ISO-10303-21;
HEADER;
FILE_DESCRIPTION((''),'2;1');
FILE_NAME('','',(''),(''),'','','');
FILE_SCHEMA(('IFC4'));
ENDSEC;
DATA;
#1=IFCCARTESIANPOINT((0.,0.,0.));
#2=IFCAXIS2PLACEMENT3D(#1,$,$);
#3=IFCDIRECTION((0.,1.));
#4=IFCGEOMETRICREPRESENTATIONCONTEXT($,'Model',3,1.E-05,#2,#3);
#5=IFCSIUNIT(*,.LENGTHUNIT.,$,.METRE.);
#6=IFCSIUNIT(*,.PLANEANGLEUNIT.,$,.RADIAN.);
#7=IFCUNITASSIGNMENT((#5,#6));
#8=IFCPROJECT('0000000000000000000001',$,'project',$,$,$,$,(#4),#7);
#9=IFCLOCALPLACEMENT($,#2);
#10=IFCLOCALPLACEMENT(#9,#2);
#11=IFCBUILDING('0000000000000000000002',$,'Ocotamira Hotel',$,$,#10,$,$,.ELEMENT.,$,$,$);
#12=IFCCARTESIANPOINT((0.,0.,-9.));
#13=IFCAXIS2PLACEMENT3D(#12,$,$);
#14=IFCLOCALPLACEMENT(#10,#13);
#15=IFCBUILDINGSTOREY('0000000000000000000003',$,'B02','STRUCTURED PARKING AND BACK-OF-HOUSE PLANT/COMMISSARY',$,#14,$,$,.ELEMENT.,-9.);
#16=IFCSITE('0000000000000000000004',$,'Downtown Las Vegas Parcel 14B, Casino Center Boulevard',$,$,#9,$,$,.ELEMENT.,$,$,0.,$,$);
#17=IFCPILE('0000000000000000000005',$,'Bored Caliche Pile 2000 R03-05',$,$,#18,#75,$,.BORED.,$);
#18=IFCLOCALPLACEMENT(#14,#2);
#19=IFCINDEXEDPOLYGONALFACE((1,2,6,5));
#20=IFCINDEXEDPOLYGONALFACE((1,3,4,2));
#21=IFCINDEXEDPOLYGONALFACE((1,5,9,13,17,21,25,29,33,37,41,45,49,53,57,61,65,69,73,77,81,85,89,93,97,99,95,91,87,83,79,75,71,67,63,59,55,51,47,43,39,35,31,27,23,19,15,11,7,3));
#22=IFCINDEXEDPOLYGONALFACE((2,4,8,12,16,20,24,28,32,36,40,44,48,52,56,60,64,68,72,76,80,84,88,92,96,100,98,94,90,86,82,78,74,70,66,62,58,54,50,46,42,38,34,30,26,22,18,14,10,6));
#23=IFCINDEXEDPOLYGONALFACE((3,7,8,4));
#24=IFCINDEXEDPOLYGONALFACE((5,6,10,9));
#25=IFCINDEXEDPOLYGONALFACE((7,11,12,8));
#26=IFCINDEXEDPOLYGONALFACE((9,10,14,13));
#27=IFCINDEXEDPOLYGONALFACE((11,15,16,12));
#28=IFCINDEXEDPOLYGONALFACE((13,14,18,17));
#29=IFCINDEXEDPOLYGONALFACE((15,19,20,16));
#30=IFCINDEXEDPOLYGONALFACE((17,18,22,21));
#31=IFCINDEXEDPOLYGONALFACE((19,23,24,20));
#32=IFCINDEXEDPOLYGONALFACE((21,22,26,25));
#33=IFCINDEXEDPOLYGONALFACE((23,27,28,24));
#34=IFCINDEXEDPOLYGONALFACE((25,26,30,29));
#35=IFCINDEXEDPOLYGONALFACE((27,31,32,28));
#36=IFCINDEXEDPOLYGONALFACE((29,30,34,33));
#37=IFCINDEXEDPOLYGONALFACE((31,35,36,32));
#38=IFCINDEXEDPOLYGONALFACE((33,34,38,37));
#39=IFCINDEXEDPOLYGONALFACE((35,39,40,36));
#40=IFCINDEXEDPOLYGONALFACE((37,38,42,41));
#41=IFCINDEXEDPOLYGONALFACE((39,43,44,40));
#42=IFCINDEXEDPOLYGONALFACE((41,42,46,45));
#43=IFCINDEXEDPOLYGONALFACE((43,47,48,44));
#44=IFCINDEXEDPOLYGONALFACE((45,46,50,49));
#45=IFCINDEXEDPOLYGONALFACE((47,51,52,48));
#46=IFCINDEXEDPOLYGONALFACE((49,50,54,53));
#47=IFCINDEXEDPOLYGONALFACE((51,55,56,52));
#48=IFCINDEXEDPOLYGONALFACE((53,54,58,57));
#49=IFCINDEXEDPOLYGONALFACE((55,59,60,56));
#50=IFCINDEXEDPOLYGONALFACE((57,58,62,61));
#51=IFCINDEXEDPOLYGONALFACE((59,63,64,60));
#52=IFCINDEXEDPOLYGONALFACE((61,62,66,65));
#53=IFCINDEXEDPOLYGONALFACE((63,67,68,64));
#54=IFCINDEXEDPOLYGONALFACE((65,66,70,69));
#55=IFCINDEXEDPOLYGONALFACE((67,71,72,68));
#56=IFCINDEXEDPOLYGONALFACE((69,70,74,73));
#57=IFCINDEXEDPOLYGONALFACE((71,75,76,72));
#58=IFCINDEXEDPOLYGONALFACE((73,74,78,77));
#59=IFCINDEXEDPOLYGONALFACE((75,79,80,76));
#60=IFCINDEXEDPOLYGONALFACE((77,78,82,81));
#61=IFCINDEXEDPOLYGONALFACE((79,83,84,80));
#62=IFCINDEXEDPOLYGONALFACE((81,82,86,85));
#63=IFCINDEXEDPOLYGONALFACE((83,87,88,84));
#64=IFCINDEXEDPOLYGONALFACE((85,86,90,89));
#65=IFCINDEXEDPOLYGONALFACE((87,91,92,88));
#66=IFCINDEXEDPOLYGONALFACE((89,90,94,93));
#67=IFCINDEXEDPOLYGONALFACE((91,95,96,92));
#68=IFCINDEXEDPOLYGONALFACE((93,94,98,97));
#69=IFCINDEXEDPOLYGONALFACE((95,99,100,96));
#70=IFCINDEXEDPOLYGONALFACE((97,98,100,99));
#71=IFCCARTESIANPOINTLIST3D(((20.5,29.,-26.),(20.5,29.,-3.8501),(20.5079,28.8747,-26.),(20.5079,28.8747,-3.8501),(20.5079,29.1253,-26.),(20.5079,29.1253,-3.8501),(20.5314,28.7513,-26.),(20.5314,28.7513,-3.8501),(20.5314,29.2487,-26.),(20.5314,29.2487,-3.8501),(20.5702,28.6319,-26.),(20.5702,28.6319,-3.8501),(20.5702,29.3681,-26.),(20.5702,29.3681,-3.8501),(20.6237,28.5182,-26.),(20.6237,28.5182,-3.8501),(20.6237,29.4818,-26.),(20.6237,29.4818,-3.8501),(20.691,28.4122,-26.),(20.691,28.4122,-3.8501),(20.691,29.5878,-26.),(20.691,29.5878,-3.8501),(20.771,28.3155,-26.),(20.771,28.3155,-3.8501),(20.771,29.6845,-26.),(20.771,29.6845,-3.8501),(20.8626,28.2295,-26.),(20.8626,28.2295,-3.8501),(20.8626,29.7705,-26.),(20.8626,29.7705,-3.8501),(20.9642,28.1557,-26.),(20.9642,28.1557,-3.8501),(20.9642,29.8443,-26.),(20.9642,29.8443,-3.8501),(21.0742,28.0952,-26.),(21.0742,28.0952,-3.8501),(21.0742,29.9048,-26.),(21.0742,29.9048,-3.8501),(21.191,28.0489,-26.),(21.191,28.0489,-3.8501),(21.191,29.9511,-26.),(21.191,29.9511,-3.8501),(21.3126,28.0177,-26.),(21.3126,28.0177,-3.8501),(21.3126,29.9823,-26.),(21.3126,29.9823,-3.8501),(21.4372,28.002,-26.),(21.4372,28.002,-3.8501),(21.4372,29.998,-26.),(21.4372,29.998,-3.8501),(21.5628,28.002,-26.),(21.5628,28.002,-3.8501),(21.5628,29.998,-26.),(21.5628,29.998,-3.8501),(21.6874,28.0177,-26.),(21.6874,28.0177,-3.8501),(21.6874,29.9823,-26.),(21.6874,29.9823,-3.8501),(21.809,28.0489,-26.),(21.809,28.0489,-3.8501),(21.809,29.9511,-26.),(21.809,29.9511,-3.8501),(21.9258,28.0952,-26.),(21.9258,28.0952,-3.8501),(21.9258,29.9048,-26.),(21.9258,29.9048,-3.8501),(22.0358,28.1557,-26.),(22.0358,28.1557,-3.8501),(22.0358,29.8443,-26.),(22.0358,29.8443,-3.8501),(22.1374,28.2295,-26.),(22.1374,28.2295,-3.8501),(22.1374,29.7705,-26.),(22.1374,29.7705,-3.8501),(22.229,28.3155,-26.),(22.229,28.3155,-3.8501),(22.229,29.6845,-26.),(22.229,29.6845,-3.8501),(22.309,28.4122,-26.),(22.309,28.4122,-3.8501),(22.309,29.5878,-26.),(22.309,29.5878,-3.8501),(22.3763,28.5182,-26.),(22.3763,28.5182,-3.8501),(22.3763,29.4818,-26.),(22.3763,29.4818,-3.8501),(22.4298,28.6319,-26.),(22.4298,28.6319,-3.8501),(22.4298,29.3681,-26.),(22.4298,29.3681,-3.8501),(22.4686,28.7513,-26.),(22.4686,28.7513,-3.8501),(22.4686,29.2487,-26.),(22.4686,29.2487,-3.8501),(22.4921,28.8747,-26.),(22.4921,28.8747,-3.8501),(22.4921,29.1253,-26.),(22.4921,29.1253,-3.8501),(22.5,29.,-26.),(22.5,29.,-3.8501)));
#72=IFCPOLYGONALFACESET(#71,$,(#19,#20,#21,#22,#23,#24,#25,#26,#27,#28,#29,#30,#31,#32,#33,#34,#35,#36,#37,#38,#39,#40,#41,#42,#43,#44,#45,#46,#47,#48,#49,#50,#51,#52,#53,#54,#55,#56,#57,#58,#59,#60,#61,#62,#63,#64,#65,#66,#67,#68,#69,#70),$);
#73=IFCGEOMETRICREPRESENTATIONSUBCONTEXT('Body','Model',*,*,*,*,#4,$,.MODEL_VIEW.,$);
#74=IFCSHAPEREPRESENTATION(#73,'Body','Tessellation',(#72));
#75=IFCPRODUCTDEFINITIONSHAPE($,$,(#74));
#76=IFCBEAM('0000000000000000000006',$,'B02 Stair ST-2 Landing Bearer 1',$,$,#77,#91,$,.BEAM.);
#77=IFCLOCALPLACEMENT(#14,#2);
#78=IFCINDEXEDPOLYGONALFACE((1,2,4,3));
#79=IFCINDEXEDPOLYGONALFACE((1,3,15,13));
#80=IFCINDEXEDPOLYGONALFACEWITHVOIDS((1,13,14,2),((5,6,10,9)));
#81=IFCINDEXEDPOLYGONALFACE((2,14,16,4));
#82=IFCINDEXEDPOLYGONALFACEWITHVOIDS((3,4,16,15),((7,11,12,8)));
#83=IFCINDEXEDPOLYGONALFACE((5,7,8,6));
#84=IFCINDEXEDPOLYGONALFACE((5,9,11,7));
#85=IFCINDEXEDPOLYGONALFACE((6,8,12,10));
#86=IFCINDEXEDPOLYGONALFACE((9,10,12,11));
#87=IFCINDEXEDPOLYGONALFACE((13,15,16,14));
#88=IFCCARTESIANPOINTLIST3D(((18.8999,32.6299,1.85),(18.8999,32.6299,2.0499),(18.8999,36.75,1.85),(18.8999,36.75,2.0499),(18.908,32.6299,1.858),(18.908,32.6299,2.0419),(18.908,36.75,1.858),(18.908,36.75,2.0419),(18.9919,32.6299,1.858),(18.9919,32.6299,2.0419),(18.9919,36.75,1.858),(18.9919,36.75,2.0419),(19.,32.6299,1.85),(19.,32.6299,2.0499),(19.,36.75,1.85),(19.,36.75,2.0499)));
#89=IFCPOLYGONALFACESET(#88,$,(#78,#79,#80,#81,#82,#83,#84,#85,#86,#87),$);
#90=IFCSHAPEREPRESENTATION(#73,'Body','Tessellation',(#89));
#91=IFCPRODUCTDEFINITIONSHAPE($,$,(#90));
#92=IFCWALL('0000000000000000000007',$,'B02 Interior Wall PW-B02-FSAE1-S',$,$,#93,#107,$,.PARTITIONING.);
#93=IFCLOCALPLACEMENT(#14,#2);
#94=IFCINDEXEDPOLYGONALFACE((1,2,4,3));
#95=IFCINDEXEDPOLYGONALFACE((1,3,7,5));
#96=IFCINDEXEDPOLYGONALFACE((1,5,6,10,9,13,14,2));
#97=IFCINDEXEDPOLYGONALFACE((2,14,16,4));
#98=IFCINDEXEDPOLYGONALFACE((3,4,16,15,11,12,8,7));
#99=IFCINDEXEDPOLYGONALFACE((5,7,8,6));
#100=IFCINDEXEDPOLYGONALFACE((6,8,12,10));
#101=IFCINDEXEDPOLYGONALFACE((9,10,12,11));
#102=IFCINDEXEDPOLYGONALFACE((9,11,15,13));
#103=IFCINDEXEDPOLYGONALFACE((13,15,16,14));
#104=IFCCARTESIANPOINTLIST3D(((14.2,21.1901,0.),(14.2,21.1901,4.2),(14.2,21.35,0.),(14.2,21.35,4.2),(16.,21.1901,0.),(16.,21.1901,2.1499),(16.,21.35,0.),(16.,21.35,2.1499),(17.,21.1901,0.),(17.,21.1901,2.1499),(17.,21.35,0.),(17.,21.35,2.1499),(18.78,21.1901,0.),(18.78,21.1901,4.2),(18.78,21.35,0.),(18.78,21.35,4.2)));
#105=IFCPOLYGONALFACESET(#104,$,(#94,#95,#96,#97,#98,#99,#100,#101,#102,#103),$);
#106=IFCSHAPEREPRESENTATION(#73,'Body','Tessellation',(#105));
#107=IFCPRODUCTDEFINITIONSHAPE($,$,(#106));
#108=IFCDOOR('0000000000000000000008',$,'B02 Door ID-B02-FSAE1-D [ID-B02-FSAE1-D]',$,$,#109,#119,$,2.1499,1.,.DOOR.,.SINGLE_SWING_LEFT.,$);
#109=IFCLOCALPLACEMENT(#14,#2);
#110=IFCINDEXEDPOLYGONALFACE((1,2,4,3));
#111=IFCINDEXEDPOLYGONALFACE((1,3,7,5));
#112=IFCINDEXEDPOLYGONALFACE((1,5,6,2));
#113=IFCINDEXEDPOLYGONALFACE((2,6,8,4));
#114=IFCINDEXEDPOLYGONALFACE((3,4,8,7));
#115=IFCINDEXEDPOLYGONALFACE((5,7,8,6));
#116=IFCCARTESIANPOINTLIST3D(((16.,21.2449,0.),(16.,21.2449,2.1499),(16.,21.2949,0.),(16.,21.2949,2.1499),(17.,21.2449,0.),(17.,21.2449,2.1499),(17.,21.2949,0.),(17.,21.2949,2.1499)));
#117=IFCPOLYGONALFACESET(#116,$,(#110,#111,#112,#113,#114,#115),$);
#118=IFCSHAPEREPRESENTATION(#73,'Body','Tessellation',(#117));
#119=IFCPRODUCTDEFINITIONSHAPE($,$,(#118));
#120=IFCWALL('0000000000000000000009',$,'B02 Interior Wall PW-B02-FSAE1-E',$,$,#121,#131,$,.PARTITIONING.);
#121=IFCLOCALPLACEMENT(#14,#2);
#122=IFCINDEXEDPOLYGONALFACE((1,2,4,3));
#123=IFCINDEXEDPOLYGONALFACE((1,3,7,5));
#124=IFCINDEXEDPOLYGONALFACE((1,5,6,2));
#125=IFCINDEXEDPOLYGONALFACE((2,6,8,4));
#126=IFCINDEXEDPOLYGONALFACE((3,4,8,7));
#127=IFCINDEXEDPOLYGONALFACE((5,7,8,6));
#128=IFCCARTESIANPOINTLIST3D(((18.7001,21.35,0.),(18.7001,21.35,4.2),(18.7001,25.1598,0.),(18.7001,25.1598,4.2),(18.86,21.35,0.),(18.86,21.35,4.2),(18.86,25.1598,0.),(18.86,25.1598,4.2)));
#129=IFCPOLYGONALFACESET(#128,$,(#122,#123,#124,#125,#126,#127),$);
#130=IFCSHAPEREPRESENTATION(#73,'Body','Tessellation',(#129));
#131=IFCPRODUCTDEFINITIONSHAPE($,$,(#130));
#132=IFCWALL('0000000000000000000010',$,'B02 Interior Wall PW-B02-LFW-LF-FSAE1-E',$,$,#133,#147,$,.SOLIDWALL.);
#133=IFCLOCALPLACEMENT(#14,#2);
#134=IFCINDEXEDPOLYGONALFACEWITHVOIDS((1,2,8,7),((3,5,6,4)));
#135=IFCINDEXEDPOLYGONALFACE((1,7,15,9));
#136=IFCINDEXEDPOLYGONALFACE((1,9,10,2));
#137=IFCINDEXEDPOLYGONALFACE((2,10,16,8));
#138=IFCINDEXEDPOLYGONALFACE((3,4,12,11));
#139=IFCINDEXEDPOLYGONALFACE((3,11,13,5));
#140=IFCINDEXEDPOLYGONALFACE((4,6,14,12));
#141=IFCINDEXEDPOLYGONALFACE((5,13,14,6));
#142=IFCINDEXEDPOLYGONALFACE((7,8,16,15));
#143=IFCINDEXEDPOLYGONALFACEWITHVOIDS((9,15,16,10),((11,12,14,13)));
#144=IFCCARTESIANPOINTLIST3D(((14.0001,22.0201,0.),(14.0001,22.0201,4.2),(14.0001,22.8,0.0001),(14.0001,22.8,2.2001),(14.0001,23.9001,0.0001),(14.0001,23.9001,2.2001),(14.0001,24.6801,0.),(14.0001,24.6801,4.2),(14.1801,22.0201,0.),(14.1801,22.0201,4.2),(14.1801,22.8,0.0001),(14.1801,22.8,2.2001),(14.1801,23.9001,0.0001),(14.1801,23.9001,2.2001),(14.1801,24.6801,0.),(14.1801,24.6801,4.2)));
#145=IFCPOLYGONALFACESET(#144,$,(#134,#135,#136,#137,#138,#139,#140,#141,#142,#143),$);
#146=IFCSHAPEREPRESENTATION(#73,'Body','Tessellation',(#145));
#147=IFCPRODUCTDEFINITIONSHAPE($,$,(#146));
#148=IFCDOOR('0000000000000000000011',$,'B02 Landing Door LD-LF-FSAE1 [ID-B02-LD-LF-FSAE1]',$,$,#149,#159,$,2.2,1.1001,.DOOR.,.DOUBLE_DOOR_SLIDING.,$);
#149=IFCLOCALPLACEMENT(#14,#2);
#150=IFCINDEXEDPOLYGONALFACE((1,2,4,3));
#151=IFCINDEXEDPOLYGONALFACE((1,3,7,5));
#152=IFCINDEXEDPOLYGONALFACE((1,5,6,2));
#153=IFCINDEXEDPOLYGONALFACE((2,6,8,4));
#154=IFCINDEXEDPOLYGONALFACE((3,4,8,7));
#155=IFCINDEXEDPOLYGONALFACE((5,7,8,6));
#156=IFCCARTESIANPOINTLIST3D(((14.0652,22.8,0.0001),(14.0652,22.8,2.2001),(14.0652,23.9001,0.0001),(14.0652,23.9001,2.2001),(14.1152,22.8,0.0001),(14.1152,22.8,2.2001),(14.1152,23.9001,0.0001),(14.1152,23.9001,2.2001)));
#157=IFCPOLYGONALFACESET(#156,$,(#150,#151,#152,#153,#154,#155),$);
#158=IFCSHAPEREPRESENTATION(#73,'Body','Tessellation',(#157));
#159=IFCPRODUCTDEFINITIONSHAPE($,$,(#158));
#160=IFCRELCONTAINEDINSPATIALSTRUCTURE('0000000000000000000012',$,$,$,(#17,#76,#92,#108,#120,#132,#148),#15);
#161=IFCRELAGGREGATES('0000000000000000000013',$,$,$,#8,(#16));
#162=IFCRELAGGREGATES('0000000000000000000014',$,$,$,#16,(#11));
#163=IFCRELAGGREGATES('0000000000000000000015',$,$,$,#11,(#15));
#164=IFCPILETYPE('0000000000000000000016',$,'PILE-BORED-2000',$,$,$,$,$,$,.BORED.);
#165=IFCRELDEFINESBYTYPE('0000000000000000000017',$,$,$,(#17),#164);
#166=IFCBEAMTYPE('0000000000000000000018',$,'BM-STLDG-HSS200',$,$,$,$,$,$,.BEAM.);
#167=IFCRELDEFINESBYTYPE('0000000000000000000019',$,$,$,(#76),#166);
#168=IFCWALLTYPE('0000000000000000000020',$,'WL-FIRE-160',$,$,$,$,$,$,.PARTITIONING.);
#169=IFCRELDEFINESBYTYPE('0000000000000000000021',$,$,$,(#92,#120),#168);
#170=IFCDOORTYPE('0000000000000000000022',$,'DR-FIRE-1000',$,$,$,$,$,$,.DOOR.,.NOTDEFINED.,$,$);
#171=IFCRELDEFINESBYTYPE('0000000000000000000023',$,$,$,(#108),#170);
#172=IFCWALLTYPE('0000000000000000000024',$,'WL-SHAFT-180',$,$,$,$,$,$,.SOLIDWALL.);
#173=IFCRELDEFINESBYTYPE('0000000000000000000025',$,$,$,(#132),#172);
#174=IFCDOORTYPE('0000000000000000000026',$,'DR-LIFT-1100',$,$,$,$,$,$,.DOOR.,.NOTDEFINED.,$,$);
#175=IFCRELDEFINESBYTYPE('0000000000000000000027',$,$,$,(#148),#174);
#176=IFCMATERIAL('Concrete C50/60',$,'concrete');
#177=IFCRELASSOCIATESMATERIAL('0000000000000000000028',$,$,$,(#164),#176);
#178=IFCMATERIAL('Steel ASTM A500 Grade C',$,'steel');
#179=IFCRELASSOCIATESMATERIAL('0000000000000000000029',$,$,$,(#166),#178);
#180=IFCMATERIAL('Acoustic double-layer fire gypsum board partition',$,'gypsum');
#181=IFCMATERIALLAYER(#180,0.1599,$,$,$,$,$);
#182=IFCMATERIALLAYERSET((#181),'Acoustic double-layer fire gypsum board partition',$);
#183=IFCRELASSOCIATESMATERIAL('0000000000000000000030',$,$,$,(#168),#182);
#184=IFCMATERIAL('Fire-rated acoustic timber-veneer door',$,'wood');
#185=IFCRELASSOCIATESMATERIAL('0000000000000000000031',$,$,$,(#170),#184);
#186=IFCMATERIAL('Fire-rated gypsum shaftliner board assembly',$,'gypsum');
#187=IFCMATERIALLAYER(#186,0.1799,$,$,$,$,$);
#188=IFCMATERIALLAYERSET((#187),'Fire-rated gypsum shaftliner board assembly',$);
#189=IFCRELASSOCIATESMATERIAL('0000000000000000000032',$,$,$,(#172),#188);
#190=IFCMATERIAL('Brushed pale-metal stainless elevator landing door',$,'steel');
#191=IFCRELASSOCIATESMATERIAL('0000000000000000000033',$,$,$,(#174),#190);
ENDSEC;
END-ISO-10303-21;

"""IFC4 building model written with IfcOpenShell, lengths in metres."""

from ifc_helpers import new_model, si_unit, direction, frame, frame_2d, origin, origin_2d, place, context, subcontext, project, spatial, rectangle, hollow_rectangle, circle, extrude, source, transform, mapped, material, layer, layer_set, material_profile, profile_set, type_object, element, fill, save


model = new_model("IFC4")

# Units and contexts
model_context = context("Model", 3, precision=1e-05, world=origin(), true_north=direction((0.0, 1.0)))
body_context = subcontext(model_context, "Body", "Model", "MODEL_VIEW")
ifc_project = project(units=[si_unit("LENGTHUNIT", "METRE"), si_unit("PLANEANGLEUNIT", "RADIAN")], contexts=[model_context])

# Site, building, storey
site_placement = place(None, origin())
site = spatial("IfcSite", under=ifc_project, at=site_placement, Name="Downtown Las Vegas Parcel 14B, Casino Center Boulevard", CompositionType="ELEMENT", RefElevation=0.0)
building_placement = place(site_placement, origin())
building = spatial("IfcBuilding", under=site, at=building_placement, Name="Ocotamira Hotel", CompositionType="ELEMENT")
storey_placement = place(building_placement, frame((0.0, 0.0, -9.0)))
storey = spatial("IfcBuildingStorey", under=building, at=storey_placement, Name="B02", Description="STRUCTURED PARKING AND BACK-OF-HOUSE PLANT/COMMISSARY", CompositionType="ELEMENT", Elevation=-9.0)

# Pile
ifc_material_1 = material(Name="Concrete C50/60", Category="concrete")
ifc_material_profile_1 = material_profile(ifc_material_1, circle(Radius=1.0, at=origin_2d()), Name="PILE2000")
ifc_profile_set_1 = profile_set([ifc_material_profile_1], Name="Concrete C50/60")
pile_type = type_object("IfcPileType", Name="PILE-BORED-2000", PredefinedType="BORED", material=ifc_profile_set_1)
shared_shape_1 = source(origin(), body_context, "Body", "SweptSolid", [
    extrude(circle(Radius=1.0, at=origin_2d()), origin(), (0.0, 0.0, 1.0), 22.1499),
])
for number, where, z_axis, x_axis, name in (
    (1, (21.5, 29.0, -3.8501), (0.0, 0.0, -1.0), (1.0, 0.0, 0.0), "Bored Caliche Pile 2000 R03-05"),
):
    element("IfcPile", number, at=place(storey_placement, frame(where, z_axis=z_axis, x_axis=x_axis)), inside=storey, type_object=pile_type, Name=name, PredefinedType="BORED", context=body_context, shape_type="MappedRepresentation", body=[
        mapped(shared_shape_1, transform((0.0, 0.0, 0.0), scale=1.0)),
    ])

# Beam
ifc_material_2 = material(Name="Steel ASTM A500 Grade C", Category="steel")
ifc_material_profile_2 = material_profile(ifc_material_2, hollow_rectangle(XDim=0.1001, YDim=0.2, WallThickness=0.0081, at=origin_2d()), Name="HSS200X100X8")
ifc_profile_set_2 = profile_set([ifc_material_profile_2], Name="Steel ASTM A500 Grade C")
beam_type = type_object("IfcBeamType", Name="BM-STLDG-HSS200", PredefinedType="BEAM", material=ifc_profile_set_2)
shared_shape_2 = source(origin(), body_context, "Body", "SweptSolid", [
    extrude(hollow_rectangle(XDim=0.1001, YDim=0.2, WallThickness=0.0081, at=origin_2d()), origin(), (0.0, 0.0, 1.0), 4.1201),
])
beam_placement = place(storey_placement, frame((18.95, 32.6299, 1.95), z_axis=(0.0, 1.0, 0.0), x_axis=(-1.0, 0.0, 0.0)))
element("IfcBeam", 2, at=beam_placement, inside=storey, type_object=beam_type, Name="B02 Stair ST-2 Landing Bearer 1", PredefinedType="BEAM", context=body_context, shape_type="MappedRepresentation", body=[
    mapped(shared_shape_2, transform((0.0, 0.0, 0.0), scale=1.0)),
])

# Wall, opening, door
ifc_material_3 = material(Name="Acoustic double-layer fire gypsum board partition", Category="gypsum")
ifc_layer_1 = layer(ifc_material_3, 0.1599)
ifc_layer_set_1 = layer_set([ifc_layer_1], Name="Acoustic double-layer fire gypsum board partition")
wall_type_1 = type_object("IfcWallType", Name="WL-FIRE-160", PredefinedType="PARTITIONING", material=ifc_layer_set_1)
wall_1_placement = place(storey_placement, frame((14.2, 21.27, 0.0), z_axis=(0.0, 0.0, 1.0), x_axis=(1.0, 0.0, 0.0)))
wall_1 = element("IfcWall", 3, at=wall_1_placement, inside=storey, type_object=wall_type_1, Name="B02 Interior Wall PW-B02-FSAE1-S", PredefinedType="PARTITIONING", context=body_context, shape_type="SweptSolid", body=[
    extrude(rectangle(XDim=4.5801, YDim=0.1599, at=frame_2d((2.29, 0.0))), origin(), (0.0, 0.0, 1.0), 4.2),
])
opening_1_placement = place(wall_1_placement, frame((1.8, 0.0, 0.0)))
opening_1 = element("IfcOpeningElement", 4, at=opening_1_placement, cuts=wall_1, PredefinedType="OPENING", context=body_context, shape_type="SweptSolid", body=[
    extrude(rectangle(XDim=1.0, YDim=2.1499, at=frame_2d((0.5, 1.075))), frame((0.0, 0.0898, 0.0), z_axis=(0.0, -1.0, 0.0), x_axis=(1.0, 0.0, 0.0)), (0.0, 0.0, 1.0), 0.1799),
])
ifc_material_4 = material(Name="Fire-rated acoustic timber-veneer door", Category="wood")
door_type_1 = type_object("IfcDoorType", Name="DR-FIRE-1000", OperationType="NOTDEFINED", PredefinedType="DOOR", material=ifc_material_4)
shared_shape_3 = source(origin(), body_context, "Body", "SweptSolid", [
    extrude(rectangle(XDim=1.0, YDim=2.1499, at=frame_2d((0.5, 1.075))), frame((0.0, 0.0249, 0.0), z_axis=(0.0, -1.0, 0.0), x_axis=(1.0, 0.0, 0.0)), (0.0, 0.0, 1.0), 0.05),
])
door_1_placement = place(opening_1_placement, origin())
door_1 = element("IfcDoor", 5, at=door_1_placement, inside=storey, type_object=door_type_1, Name="B02 Door ID-B02-FSAE1-D [ID-B02-FSAE1-D]", OperationType="SINGLE_SWING_LEFT", OverallHeight=2.1499, OverallWidth=1.0, PredefinedType="DOOR", context=body_context, shape_type="MappedRepresentation", body=[
    mapped(shared_shape_3, transform((0.0, 0.0, 0.0), scale=1.0)),
])
fill(opening_1, door_1)

# Wall
wall_2_placement = place(storey_placement, frame((18.78, 21.3501, 0.0), z_axis=(0.0, 0.0, 1.0), x_axis=(0.0, 1.0, 0.0)))
element("IfcWall", 6, at=wall_2_placement, inside=storey, type_object=wall_type_1, Name="B02 Interior Wall PW-B02-FSAE1-E", PredefinedType="PARTITIONING", context=body_context, shape_type="SweptSolid", body=[
    extrude(rectangle(XDim=3.8098, YDim=0.1599, at=frame_2d((1.9048, 0.0))), origin(), (0.0, 0.0, 1.0), 4.2),
])

# Wall, opening, door
ifc_material_5 = material(Name="Fire-rated gypsum shaftliner board assembly", Category="gypsum")
ifc_layer_2 = layer(ifc_material_5, 0.1799)
ifc_layer_set_2 = layer_set([ifc_layer_2], Name="Fire-rated gypsum shaftliner board assembly")
wall_type_2 = type_object("IfcWallType", Name="WL-SHAFT-180", PredefinedType="SOLIDWALL", material=ifc_layer_set_2)
wall_3_placement = place(storey_placement, frame((14.0901, 22.02, 0.0), z_axis=(0.0, 0.0, 1.0), x_axis=(0.0, 1.0, 0.0)))
wall_3 = element("IfcWall", 7, at=wall_3_placement, inside=storey, type_object=wall_type_2, Name="B02 Interior Wall PW-B02-LFW-LF-FSAE1-E", PredefinedType="SOLIDWALL", context=body_context, shape_type="SweptSolid", body=[
    extrude(rectangle(XDim=2.6599, YDim=0.1799, at=frame_2d((1.3301, 0.0))), origin(), (0.0, 0.0, 1.0), 4.2),
])
opening_2_placement = place(wall_3_placement, frame((0.78, 0.0, 0.0)))
opening_2 = element("IfcOpeningElement", 8, at=opening_2_placement, cuts=wall_3, PredefinedType="OPENING", context=body_context, shape_type="SweptSolid", body=[
    extrude(rectangle(XDim=1.1001, YDim=2.2, at=frame_2d((0.55, 1.1001))), frame((0.0, 0.1001, 0.0), z_axis=(0.0, -1.0, 0.0), x_axis=(1.0, 0.0, 0.0)), (0.0, 0.0, 1.0), 0.2),
])
ifc_material_6 = material(Name="Brushed pale-metal stainless elevator landing door", Category="steel")
door_type_2 = type_object("IfcDoorType", Name="DR-LIFT-1100", OperationType="NOTDEFINED", PredefinedType="DOOR", material=ifc_material_6)
shared_shape_4 = source(origin(), body_context, "Body", "SweptSolid", [
    extrude(rectangle(XDim=1.1001, YDim=2.2, at=frame_2d((0.55, 1.1001))), frame((0.0, 0.0249, 0.0), z_axis=(0.0, -1.0, 0.0), x_axis=(1.0, 0.0, 0.0)), (0.0, 0.0, 1.0), 0.05),
])
door_2_placement = place(opening_2_placement, origin())
door_2 = element("IfcDoor", 9, at=door_2_placement, inside=storey, type_object=door_type_2, Name="B02 Landing Door LD-LF-FSAE1 [ID-B02-LD-LF-FSAE1]", OperationType="DOUBLE_DOOR_SLIDING", OverallHeight=2.2, OverallWidth=1.1001, PredefinedType="DOOR", context=body_context, shape_type="MappedRepresentation", body=[
    mapped(shared_shape_4, transform((0.0, 0.0, 0.0), scale=1.0)),
])
fill(opening_2, door_2)

save(model, "model.ifc")
